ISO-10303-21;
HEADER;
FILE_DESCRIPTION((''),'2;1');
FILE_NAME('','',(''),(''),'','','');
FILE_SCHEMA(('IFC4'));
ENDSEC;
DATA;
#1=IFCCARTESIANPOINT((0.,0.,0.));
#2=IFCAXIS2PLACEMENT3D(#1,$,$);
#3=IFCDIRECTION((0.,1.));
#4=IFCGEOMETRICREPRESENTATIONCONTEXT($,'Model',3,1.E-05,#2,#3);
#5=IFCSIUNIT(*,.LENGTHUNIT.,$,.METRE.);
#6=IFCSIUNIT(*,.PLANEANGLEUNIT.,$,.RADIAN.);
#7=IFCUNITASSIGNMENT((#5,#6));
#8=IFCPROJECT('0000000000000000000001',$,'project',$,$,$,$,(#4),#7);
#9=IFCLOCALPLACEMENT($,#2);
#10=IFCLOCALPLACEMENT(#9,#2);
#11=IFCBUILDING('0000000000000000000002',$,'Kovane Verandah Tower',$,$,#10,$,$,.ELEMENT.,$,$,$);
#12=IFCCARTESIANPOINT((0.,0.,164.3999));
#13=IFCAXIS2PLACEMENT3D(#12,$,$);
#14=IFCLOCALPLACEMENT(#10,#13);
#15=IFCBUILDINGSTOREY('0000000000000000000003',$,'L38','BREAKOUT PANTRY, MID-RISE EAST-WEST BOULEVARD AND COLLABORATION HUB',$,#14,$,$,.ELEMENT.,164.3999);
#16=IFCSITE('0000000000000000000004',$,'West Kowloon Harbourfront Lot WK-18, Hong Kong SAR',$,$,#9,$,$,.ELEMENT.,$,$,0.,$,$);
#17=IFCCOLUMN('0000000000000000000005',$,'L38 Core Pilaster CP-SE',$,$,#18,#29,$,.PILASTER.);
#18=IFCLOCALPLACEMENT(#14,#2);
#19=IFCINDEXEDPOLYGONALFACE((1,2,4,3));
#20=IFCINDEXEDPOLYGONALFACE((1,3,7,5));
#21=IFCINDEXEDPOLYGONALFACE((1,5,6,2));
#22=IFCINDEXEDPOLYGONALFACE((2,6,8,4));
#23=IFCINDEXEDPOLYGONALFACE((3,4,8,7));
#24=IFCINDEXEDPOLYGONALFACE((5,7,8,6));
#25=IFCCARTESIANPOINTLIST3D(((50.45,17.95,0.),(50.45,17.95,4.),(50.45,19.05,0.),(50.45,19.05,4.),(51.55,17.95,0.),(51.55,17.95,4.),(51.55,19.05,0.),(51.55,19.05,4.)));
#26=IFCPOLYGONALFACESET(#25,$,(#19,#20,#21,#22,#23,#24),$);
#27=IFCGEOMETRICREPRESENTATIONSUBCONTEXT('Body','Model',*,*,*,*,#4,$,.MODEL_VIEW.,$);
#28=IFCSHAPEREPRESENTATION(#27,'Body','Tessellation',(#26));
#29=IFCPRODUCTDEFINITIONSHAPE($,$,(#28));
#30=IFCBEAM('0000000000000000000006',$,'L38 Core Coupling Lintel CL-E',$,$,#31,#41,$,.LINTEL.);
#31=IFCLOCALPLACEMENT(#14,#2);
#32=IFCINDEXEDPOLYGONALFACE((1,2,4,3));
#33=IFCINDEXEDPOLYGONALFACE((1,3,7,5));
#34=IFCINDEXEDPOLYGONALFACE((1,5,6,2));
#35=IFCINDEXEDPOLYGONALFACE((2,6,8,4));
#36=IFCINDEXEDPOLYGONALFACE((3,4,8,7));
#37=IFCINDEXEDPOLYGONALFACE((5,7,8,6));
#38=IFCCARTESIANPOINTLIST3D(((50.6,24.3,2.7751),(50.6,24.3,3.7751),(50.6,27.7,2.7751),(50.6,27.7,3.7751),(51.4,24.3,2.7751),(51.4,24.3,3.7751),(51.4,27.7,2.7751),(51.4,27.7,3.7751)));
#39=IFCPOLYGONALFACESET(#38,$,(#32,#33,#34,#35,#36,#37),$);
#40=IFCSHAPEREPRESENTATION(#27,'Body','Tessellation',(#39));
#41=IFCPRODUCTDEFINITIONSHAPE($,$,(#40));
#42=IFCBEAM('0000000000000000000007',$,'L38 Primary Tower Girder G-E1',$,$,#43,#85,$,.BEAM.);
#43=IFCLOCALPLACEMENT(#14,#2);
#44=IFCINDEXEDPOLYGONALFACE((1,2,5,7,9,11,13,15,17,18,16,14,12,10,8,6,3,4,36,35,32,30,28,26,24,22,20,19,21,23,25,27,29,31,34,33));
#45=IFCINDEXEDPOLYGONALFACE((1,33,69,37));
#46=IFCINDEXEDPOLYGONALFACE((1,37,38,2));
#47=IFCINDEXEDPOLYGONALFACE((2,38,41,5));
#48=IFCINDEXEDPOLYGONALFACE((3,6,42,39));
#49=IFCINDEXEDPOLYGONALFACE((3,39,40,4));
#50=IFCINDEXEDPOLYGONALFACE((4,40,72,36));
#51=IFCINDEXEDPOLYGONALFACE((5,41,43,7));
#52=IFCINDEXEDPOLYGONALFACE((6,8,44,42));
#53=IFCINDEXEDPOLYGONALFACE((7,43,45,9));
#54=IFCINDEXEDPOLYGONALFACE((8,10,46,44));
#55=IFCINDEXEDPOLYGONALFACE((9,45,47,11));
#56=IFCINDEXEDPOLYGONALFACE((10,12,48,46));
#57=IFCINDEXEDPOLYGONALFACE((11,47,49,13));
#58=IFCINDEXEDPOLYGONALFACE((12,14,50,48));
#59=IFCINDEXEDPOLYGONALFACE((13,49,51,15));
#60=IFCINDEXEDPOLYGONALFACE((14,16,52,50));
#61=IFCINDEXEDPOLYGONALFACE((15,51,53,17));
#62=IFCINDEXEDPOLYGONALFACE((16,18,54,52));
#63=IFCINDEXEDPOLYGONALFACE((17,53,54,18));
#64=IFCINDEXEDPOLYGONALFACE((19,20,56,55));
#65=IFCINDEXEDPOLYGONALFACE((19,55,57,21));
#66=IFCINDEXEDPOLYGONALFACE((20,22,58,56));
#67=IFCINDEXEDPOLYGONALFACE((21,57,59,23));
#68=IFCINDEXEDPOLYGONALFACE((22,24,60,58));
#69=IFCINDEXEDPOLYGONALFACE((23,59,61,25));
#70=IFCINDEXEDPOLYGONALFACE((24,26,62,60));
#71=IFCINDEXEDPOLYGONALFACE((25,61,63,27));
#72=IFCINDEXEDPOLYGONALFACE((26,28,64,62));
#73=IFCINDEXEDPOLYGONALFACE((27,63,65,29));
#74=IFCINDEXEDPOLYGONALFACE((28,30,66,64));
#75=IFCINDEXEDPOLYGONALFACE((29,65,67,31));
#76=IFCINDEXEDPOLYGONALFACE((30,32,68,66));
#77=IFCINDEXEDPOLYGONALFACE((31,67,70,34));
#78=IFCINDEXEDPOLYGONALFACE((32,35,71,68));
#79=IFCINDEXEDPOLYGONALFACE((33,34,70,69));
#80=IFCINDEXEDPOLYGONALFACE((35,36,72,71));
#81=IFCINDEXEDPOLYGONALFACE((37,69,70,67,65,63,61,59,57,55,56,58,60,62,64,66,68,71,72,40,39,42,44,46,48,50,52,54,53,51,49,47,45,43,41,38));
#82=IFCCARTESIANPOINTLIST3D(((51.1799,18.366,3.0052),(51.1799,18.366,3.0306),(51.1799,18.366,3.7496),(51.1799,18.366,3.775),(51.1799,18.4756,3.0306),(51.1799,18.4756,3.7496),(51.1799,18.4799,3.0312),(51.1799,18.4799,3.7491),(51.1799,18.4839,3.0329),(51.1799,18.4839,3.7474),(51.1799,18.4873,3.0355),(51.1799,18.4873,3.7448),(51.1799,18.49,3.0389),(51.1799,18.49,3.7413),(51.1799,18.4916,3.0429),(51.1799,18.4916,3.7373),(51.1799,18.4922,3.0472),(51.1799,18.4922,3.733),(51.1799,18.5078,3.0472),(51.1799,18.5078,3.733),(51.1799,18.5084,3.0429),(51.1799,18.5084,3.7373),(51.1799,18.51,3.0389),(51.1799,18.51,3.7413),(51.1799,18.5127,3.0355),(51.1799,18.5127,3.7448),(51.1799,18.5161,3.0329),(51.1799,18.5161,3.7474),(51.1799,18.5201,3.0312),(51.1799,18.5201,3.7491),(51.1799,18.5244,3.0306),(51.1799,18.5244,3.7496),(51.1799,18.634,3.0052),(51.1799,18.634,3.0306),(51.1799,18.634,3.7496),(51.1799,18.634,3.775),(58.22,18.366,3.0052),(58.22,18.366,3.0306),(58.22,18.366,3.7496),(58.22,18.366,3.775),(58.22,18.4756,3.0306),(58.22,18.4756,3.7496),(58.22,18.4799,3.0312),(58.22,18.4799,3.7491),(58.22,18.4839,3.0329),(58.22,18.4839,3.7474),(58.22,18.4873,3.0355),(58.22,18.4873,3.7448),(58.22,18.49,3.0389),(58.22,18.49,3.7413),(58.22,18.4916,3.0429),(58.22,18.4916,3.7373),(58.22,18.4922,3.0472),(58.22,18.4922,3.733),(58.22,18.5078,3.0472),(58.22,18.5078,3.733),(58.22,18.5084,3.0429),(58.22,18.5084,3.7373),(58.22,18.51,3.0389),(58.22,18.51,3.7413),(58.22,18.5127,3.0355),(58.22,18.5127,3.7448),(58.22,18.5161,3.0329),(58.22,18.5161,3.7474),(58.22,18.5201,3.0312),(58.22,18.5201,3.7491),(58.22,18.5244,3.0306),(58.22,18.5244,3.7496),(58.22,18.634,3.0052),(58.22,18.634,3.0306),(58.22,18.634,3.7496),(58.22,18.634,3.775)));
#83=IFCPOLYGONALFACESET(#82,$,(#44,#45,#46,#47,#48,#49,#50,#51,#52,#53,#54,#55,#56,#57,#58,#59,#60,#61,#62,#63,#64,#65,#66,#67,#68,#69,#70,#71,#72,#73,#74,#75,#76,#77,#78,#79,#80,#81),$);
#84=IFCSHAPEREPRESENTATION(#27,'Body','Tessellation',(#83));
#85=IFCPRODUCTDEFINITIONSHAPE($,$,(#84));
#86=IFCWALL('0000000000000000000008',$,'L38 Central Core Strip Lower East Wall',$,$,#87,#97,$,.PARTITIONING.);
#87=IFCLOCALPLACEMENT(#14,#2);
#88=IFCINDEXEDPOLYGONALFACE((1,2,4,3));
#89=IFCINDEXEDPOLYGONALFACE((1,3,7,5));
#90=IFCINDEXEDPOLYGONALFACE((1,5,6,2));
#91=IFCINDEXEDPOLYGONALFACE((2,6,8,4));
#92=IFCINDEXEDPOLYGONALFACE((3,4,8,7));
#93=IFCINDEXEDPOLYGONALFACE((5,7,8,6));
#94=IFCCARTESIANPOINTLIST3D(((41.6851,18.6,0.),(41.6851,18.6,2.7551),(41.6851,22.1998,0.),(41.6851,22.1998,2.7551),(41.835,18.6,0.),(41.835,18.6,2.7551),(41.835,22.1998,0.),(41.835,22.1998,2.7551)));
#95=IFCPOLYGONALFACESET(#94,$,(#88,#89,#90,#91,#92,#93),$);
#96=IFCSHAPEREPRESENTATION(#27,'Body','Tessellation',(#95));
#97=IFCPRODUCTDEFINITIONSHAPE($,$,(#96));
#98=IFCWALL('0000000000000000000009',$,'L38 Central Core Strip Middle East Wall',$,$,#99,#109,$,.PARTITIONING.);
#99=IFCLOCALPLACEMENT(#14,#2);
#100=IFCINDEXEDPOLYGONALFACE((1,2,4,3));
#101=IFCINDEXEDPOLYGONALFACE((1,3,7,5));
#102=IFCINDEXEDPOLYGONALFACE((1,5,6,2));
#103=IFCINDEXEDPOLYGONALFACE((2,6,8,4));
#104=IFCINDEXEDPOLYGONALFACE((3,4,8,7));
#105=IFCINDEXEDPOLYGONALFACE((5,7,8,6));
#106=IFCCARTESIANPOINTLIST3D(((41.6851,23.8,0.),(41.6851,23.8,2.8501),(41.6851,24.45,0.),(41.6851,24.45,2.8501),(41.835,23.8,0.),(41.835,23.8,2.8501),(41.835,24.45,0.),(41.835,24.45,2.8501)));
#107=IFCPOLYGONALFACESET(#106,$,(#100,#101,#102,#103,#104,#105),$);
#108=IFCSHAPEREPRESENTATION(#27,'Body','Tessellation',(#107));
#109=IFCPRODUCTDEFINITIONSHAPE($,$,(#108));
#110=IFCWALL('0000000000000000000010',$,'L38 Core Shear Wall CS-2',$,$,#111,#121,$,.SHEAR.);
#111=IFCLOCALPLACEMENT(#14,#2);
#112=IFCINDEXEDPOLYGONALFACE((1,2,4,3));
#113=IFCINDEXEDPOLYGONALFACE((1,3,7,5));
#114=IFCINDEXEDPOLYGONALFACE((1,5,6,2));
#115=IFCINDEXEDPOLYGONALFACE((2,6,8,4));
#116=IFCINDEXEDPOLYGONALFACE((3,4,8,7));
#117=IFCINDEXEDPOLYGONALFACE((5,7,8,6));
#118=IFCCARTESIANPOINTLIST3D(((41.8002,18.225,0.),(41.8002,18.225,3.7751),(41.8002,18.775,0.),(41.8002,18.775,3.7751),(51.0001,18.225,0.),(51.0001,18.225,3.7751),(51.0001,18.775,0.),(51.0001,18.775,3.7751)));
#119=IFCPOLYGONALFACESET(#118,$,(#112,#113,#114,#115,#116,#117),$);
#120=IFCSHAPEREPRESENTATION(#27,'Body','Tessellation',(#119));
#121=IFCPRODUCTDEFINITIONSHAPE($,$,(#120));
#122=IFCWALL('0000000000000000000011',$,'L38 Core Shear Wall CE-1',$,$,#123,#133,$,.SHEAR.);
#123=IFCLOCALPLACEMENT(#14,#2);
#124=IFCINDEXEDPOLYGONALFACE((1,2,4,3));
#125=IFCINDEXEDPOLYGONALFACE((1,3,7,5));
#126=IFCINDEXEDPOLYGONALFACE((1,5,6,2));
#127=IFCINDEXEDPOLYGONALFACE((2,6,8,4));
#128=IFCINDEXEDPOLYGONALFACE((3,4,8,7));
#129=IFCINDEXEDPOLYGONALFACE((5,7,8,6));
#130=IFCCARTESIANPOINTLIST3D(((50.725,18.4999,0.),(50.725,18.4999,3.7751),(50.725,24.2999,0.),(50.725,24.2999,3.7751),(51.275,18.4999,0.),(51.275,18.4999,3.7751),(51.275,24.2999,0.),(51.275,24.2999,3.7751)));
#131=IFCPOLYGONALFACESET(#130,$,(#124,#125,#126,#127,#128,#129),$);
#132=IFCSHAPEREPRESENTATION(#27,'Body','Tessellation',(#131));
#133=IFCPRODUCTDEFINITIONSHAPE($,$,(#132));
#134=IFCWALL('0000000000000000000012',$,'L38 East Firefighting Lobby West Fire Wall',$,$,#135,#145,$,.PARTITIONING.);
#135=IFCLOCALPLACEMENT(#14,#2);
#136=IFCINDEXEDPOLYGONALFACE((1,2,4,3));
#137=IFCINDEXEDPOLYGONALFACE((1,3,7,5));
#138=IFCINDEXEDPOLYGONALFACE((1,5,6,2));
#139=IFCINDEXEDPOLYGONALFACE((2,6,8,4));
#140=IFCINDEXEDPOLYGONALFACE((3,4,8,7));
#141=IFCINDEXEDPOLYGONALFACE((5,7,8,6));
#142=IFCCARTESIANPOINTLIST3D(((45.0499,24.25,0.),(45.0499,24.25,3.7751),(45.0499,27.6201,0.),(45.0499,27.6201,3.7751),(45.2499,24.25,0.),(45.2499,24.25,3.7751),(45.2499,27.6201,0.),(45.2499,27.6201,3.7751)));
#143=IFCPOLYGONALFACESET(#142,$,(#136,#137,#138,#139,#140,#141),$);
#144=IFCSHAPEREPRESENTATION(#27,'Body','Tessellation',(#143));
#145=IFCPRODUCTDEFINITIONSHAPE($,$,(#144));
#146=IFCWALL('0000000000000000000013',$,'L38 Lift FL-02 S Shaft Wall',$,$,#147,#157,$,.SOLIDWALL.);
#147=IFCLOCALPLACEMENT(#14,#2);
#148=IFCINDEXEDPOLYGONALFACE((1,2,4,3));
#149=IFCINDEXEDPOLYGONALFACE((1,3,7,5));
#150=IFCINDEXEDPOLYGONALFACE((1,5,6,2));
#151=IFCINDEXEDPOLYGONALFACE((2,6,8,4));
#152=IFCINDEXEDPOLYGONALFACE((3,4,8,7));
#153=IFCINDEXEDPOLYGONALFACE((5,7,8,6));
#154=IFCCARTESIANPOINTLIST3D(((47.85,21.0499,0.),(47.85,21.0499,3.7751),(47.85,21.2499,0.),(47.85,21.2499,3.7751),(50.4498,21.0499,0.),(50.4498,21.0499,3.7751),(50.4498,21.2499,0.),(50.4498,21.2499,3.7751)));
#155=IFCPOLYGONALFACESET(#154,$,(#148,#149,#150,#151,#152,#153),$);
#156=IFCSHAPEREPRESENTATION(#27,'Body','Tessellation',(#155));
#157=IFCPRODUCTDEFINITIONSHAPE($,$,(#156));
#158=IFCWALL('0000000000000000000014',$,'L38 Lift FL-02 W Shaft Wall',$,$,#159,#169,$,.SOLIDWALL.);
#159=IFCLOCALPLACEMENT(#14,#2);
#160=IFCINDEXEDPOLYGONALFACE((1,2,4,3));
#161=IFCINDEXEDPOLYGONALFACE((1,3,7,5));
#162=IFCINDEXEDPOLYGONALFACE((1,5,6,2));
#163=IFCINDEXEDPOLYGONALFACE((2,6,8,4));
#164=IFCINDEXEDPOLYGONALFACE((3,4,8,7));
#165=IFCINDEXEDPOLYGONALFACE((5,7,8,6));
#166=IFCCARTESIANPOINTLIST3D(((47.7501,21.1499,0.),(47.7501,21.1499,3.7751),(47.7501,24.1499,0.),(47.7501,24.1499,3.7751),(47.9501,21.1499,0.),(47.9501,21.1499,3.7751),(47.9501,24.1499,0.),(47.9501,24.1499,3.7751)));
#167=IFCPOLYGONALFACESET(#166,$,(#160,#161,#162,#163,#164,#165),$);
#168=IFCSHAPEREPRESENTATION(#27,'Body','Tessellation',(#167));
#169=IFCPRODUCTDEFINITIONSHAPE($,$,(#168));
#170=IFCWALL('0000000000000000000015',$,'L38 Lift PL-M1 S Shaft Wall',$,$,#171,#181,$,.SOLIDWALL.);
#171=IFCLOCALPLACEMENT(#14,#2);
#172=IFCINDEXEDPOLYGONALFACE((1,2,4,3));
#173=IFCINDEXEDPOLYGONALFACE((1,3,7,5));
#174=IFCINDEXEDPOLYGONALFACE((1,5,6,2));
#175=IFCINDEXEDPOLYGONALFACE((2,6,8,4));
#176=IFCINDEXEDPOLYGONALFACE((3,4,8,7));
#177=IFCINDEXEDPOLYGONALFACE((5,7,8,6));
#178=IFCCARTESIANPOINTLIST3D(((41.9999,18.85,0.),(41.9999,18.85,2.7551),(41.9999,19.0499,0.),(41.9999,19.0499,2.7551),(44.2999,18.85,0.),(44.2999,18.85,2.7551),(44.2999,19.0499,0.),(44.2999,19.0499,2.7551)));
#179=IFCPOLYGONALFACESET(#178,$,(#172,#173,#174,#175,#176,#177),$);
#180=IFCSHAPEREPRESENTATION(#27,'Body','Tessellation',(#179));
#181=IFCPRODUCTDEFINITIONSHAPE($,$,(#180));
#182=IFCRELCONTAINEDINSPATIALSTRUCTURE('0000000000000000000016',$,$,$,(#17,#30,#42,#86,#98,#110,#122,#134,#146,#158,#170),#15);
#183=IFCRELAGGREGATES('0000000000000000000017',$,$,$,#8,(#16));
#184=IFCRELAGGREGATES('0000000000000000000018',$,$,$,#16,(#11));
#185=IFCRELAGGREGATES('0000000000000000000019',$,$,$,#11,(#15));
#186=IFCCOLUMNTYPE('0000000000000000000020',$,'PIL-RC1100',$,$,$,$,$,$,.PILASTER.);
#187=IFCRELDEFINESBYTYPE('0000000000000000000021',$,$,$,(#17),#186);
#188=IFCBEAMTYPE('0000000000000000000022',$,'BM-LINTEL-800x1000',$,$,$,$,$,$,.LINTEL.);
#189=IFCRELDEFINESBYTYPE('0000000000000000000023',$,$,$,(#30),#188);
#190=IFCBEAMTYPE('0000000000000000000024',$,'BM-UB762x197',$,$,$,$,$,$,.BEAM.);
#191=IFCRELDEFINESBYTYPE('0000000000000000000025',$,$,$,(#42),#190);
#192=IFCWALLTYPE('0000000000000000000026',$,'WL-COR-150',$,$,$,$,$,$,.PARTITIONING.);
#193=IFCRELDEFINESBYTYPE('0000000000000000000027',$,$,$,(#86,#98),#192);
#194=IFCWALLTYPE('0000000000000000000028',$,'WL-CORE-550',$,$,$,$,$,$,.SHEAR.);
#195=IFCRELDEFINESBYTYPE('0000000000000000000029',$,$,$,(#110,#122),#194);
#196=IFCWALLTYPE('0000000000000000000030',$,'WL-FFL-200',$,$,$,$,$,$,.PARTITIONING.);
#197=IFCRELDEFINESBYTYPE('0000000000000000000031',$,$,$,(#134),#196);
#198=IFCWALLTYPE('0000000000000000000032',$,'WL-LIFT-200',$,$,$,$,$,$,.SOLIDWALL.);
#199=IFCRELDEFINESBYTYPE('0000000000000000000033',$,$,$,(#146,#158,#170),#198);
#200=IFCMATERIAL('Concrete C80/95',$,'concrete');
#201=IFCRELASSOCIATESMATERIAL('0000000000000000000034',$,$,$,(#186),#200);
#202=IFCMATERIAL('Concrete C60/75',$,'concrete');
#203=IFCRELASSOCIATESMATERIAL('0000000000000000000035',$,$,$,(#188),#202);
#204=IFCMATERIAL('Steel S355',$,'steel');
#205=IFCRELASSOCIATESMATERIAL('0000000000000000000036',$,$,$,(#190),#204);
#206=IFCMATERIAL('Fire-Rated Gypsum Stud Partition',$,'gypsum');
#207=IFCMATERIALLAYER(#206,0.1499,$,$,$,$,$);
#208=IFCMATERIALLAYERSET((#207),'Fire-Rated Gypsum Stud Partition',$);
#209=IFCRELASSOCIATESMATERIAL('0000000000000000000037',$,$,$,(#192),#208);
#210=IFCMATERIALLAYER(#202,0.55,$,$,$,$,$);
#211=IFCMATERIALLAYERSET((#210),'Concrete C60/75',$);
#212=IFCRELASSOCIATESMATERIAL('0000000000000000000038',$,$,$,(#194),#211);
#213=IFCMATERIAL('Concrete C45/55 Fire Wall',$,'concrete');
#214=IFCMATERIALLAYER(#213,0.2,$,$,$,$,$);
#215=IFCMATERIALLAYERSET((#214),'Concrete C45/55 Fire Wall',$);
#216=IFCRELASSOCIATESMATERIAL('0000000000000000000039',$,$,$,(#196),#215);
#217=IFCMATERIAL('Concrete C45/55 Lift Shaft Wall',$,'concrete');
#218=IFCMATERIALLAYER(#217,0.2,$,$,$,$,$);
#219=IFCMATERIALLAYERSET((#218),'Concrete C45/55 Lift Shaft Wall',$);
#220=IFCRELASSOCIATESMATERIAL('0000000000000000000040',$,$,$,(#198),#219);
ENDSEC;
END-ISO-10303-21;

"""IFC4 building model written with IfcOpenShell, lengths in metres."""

from ifc_helpers import new_model, si_unit, direction, frame, frame_2d, origin, origin_2d, place, context, subcontext, project, spatial, rectangle, i_section, extrude, material, layer, layer_set, material_profile, profile_set, type_object, element, save


model = new_model("IFC4")

# Units and contexts
model_context = context("Model", 3, precision=1e-05, world=origin(), true_north=direction((0.0, 1.0)))
body_context = subcontext(model_context, "Body", "Model", "MODEL_VIEW")
ifc_project = project(units=[si_unit("LENGTHUNIT", "METRE"), si_unit("PLANEANGLEUNIT", "RADIAN")], contexts=[model_context])

# Site, building, storey
site_placement = place(None, origin())
site = spatial("IfcSite", under=ifc_project, at=site_placement, Name="West Kowloon Harbourfront Lot WK-18, Hong Kong SAR", CompositionType="ELEMENT", RefElevation=0.0)
building_placement = place(site_placement, origin())
building = spatial("IfcBuilding", under=site, at=building_placement, Name="Kovane Verandah Tower", CompositionType="ELEMENT")
storey_placement = place(building_placement, frame((0.0, 0.0, 164.3999)))
storey = spatial("IfcBuildingStorey", under=building, at=storey_placement, Name="L38", Description="BREAKOUT PANTRY, MID-RISE EAST-WEST BOULEVARD AND COLLABORATION HUB", CompositionType="ELEMENT", Elevation=164.3999)

# Column
ifc_material_1 = material(Name="Concrete C80/95", Category="concrete")
ifc_material_profile_1 = material_profile(ifc_material_1, rectangle(XDim=1.1001, YDim=1.1001, at=origin_2d()), Name="RC1100x1100")
ifc_profile_set_1 = profile_set([ifc_material_profile_1], Name="Concrete C80/95")
column_type = type_object("IfcColumnType", Name="PIL-RC1100", PredefinedType="PILASTER", material=ifc_profile_set_1)
column_placement = place(storey_placement, frame((51.0, 18.5, 0.0), z_axis=(0.0, 0.0, 1.0), x_axis=(1.0, 0.0, 0.0)))
element("IfcColumn", 1, at=column_placement, inside=storey, type_object=column_type, Name="L38 Core Pilaster CP-SE", PredefinedType="PILASTER", context=body_context, shape_type="SweptSolid", body=[
    extrude(rectangle(XDim=1.1001, YDim=1.1001, at=origin_2d()), origin(), (0.0, 0.0, 1.0), 4.0),
])

# Beams
ifc_material_2 = material(Name="Concrete C60/75", Category="concrete")
ifc_material_profile_2 = material_profile(ifc_material_2, rectangle(XDim=0.8, YDim=1.0, at=origin_2d()), Name="RCB800x1000")
ifc_profile_set_2 = profile_set([ifc_material_profile_2], Name="Concrete C60/75")
beam_type_1 = type_object("IfcBeamType", Name="BM-LINTEL-800x1000", PredefinedType="LINTEL", material=ifc_profile_set_2)
beam_1_placement = place(storey_placement, frame((51.0, 24.3, 3.2751), z_axis=(0.0, 1.0, 0.0), x_axis=(-1.0, 0.0, 0.0)))
element("IfcBeam", 2, at=beam_1_placement, inside=storey, type_object=beam_type_1, Name="L38 Core Coupling Lintel CL-E", PredefinedType="LINTEL", context=body_context, shape_type="SweptSolid", body=[
    extrude(rectangle(XDim=0.8, YDim=1.0, at=origin_2d()), origin(), (0.0, 0.0, 1.0), 3.3999),
])
ifc_material_3 = material(Name="Steel S355", Category="steel")
ifc_material_profile_3 = material_profile(ifc_material_3, i_section(OverallWidth=0.2681, OverallDepth=0.7698, WebThickness=0.0156, FlangeThickness=0.0254, FilletRadius=0.0166, at=origin_2d()), Name="UB762x267x197")
ifc_profile_set_3 = profile_set([ifc_material_profile_3], Name="Steel S355")
beam_type_2 = type_object("IfcBeamType", Name="BM-UB762x197", PredefinedType="BEAM", material=ifc_profile_set_3)
beam_2_placement = place(storey_placement, frame((51.1799, 18.5, 3.3901), z_axis=(1.0, 0.0, 0.0), x_axis=(0.0, 1.0, 0.0)))
element("IfcBeam", 3, at=beam_2_placement, inside=storey, type_object=beam_type_2, Name="L38 Primary Tower Girder G-E1", PredefinedType="BEAM", context=body_context, shape_type="SweptSolid", body=[
    extrude(i_section(OverallWidth=0.2681, OverallDepth=0.7698, WebThickness=0.0156, FlangeThickness=0.0254, FilletRadius=0.0166, at=origin_2d()), origin(), (0.0, 0.0, 1.0), 7.04),
])

# Walls
ifc_material_4 = material(Name="Fire-Rated Gypsum Stud Partition", Category="gypsum")
ifc_layer_1 = layer(ifc_material_4, 0.1499)
ifc_layer_set_1 = layer_set([ifc_layer_1], Name="Fire-Rated Gypsum Stud Partition")
wall_type_1 = type_object("IfcWallType", Name="WL-COR-150", PredefinedType="PARTITIONING", material=ifc_layer_set_1)
wall_1_placement = place(storey_placement, frame((41.76, 18.6001, 0.0), z_axis=(0.0, 0.0, 1.0), x_axis=(0.0, 1.0, 0.0)))
element("IfcWall", 4, at=wall_1_placement, inside=storey, type_object=wall_type_1, Name="L38 Central Core Strip Lower East Wall", PredefinedType="PARTITIONING", context=body_context, shape_type="SweptSolid", body=[
    extrude(rectangle(XDim=3.5999, YDim=0.1499, at=frame_2d((1.7998, 0.0))), origin(), (0.0, 0.0, 1.0), 2.7551),
])
wall_2_placement = place(storey_placement, frame((41.76, 23.8, 0.0), z_axis=(0.0, 0.0, 1.0), x_axis=(0.0, 1.0, 0.0)))
element("IfcWall", 5, at=wall_2_placement, inside=storey, type_object=wall_type_1, Name="L38 Central Core Strip Middle East Wall", PredefinedType="PARTITIONING", context=body_context, shape_type="SweptSolid", body=[
    extrude(rectangle(XDim=0.6499, YDim=0.1499, at=frame_2d((0.325, 0.0))), origin(), (0.0, 0.0, 1.0), 2.8501),
])
ifc_layer_2 = layer(ifc_material_2, 0.55)
ifc_layer_set_2 = layer_set([ifc_layer_2], Name="Concrete C60/75")
wall_type_2 = type_object("IfcWallType", Name="WL-CORE-550", PredefinedType="SHEAR", material=ifc_layer_set_2)
wall_3_placement = place(storey_placement, frame((41.8, 18.5, 0.0), z_axis=(0.0, 0.0, 1.0), x_axis=(1.0, 0.0, 0.0)))
element("IfcWall", 6, at=wall_3_placement, inside=storey, type_object=wall_type_2, Name="L38 Core Shear Wall CS-2", PredefinedType="SHEAR", context=body_context, shape_type="SweptSolid", body=[
    extrude(rectangle(XDim=9.2, YDim=0.55, at=frame_2d((4.6001, 0.0))), origin(), (0.0, 0.0, 1.0), 3.7751),
])
wall_4_placement = place(storey_placement, frame((51.0, 18.5, 0.0), z_axis=(0.0, 0.0, 1.0), x_axis=(0.0, 1.0, 0.0)))
element("IfcWall", 7, at=wall_4_placement, inside=storey, type_object=wall_type_2, Name="L38 Core Shear Wall CE-1", PredefinedType="SHEAR", context=body_context, shape_type="SweptSolid", body=[
    extrude(rectangle(XDim=5.8, YDim=0.55, at=frame_2d((2.8999, 0.0))), origin(), (0.0, 0.0, 1.0), 3.7751),
])
ifc_material_5 = material(Name="Concrete C45/55 Fire Wall", Category="concrete")
ifc_layer_3 = layer(ifc_material_5, 0.2)
ifc_layer_set_3 = layer_set([ifc_layer_3], Name="Concrete C45/55 Fire Wall")
wall_type_3 = type_object("IfcWallType", Name="WL-FFL-200", PredefinedType="PARTITIONING", material=ifc_layer_set_3)
wall_5_placement = place(storey_placement, frame((45.1499, 24.25, 0.0), z_axis=(0.0, 0.0, 1.0), x_axis=(0.0, 1.0, 0.0)))
element("IfcWall", 8, at=wall_5_placement, inside=storey, type_object=wall_type_3, Name="L38 East Firefighting Lobby West Fire Wall", PredefinedType="PARTITIONING", context=body_context, shape_type="SweptSolid", body=[
    extrude(rectangle(XDim=3.3701, YDim=0.2, at=frame_2d((1.6851, 0.0))), origin(), (0.0, 0.0, 1.0), 3.7751),
])

# Wall
ifc_material_6 = material(Name="Concrete C45/55 Lift Shaft Wall", Category="concrete")
ifc_layer_4 = layer(ifc_material_6, 0.2)
ifc_layer_set_4 = layer_set([ifc_layer_4], Name="Concrete C45/55 Lift Shaft Wall")
wall_type_4 = type_object("IfcWallType", Name="WL-LIFT-200", PredefinedType="SOLIDWALL", material=ifc_layer_set_4)
wall_6_placement = place(storey_placement, frame((47.8501, 21.1499, 0.0), z_axis=(0.0, 0.0, 1.0), x_axis=(1.0, 0.0, 0.0)))
element("IfcWall", 9, at=wall_6_placement, inside=storey, type_object=wall_type_4, Name="L38 Lift FL-02 S Shaft Wall", PredefinedType="SOLIDWALL", context=body_context, shape_type="SweptSolid", body=[
    extrude(rectangle(XDim=2.5999, YDim=0.2, at=frame_2d((1.2998, 0.0))), origin(), (0.0, 0.0, 1.0), 3.7751),
])

# Walls
wall_7_placement = place(storey_placement, frame((47.8501, 24.1499, 0.0), z_axis=(0.0, 0.0, 1.0), x_axis=(0.0, -1.0, 0.0)))
element("IfcWall", 10, at=wall_7_placement, inside=storey, type_object=wall_type_4, Name="L38 Lift FL-02 W Shaft Wall", PredefinedType="SOLIDWALL", context=body_context, shape_type="SweptSolid", body=[
    extrude(rectangle(XDim=3.0, YDim=0.2, at=frame_2d((1.5, 0.0))), origin(), (0.0, 0.0, 1.0), 3.7751),
])
wall_8_placement = place(storey_placement, frame((42.0, 18.95, 0.0), z_axis=(0.0, 0.0, 1.0), x_axis=(1.0, 0.0, 0.0)))
element("IfcWall", 11, at=wall_8_placement, inside=storey, type_object=wall_type_4, Name="L38 Lift PL-M1 S Shaft Wall", PredefinedType="SOLIDWALL", context=body_context, shape_type="SweptSolid", body=[
    extrude(rectangle(XDim=2.3, YDim=0.2, at=frame_2d((1.1499, 0.0))), origin(), (0.0, 0.0, 1.0), 2.7551),
])

save(model, "model.ifc")
